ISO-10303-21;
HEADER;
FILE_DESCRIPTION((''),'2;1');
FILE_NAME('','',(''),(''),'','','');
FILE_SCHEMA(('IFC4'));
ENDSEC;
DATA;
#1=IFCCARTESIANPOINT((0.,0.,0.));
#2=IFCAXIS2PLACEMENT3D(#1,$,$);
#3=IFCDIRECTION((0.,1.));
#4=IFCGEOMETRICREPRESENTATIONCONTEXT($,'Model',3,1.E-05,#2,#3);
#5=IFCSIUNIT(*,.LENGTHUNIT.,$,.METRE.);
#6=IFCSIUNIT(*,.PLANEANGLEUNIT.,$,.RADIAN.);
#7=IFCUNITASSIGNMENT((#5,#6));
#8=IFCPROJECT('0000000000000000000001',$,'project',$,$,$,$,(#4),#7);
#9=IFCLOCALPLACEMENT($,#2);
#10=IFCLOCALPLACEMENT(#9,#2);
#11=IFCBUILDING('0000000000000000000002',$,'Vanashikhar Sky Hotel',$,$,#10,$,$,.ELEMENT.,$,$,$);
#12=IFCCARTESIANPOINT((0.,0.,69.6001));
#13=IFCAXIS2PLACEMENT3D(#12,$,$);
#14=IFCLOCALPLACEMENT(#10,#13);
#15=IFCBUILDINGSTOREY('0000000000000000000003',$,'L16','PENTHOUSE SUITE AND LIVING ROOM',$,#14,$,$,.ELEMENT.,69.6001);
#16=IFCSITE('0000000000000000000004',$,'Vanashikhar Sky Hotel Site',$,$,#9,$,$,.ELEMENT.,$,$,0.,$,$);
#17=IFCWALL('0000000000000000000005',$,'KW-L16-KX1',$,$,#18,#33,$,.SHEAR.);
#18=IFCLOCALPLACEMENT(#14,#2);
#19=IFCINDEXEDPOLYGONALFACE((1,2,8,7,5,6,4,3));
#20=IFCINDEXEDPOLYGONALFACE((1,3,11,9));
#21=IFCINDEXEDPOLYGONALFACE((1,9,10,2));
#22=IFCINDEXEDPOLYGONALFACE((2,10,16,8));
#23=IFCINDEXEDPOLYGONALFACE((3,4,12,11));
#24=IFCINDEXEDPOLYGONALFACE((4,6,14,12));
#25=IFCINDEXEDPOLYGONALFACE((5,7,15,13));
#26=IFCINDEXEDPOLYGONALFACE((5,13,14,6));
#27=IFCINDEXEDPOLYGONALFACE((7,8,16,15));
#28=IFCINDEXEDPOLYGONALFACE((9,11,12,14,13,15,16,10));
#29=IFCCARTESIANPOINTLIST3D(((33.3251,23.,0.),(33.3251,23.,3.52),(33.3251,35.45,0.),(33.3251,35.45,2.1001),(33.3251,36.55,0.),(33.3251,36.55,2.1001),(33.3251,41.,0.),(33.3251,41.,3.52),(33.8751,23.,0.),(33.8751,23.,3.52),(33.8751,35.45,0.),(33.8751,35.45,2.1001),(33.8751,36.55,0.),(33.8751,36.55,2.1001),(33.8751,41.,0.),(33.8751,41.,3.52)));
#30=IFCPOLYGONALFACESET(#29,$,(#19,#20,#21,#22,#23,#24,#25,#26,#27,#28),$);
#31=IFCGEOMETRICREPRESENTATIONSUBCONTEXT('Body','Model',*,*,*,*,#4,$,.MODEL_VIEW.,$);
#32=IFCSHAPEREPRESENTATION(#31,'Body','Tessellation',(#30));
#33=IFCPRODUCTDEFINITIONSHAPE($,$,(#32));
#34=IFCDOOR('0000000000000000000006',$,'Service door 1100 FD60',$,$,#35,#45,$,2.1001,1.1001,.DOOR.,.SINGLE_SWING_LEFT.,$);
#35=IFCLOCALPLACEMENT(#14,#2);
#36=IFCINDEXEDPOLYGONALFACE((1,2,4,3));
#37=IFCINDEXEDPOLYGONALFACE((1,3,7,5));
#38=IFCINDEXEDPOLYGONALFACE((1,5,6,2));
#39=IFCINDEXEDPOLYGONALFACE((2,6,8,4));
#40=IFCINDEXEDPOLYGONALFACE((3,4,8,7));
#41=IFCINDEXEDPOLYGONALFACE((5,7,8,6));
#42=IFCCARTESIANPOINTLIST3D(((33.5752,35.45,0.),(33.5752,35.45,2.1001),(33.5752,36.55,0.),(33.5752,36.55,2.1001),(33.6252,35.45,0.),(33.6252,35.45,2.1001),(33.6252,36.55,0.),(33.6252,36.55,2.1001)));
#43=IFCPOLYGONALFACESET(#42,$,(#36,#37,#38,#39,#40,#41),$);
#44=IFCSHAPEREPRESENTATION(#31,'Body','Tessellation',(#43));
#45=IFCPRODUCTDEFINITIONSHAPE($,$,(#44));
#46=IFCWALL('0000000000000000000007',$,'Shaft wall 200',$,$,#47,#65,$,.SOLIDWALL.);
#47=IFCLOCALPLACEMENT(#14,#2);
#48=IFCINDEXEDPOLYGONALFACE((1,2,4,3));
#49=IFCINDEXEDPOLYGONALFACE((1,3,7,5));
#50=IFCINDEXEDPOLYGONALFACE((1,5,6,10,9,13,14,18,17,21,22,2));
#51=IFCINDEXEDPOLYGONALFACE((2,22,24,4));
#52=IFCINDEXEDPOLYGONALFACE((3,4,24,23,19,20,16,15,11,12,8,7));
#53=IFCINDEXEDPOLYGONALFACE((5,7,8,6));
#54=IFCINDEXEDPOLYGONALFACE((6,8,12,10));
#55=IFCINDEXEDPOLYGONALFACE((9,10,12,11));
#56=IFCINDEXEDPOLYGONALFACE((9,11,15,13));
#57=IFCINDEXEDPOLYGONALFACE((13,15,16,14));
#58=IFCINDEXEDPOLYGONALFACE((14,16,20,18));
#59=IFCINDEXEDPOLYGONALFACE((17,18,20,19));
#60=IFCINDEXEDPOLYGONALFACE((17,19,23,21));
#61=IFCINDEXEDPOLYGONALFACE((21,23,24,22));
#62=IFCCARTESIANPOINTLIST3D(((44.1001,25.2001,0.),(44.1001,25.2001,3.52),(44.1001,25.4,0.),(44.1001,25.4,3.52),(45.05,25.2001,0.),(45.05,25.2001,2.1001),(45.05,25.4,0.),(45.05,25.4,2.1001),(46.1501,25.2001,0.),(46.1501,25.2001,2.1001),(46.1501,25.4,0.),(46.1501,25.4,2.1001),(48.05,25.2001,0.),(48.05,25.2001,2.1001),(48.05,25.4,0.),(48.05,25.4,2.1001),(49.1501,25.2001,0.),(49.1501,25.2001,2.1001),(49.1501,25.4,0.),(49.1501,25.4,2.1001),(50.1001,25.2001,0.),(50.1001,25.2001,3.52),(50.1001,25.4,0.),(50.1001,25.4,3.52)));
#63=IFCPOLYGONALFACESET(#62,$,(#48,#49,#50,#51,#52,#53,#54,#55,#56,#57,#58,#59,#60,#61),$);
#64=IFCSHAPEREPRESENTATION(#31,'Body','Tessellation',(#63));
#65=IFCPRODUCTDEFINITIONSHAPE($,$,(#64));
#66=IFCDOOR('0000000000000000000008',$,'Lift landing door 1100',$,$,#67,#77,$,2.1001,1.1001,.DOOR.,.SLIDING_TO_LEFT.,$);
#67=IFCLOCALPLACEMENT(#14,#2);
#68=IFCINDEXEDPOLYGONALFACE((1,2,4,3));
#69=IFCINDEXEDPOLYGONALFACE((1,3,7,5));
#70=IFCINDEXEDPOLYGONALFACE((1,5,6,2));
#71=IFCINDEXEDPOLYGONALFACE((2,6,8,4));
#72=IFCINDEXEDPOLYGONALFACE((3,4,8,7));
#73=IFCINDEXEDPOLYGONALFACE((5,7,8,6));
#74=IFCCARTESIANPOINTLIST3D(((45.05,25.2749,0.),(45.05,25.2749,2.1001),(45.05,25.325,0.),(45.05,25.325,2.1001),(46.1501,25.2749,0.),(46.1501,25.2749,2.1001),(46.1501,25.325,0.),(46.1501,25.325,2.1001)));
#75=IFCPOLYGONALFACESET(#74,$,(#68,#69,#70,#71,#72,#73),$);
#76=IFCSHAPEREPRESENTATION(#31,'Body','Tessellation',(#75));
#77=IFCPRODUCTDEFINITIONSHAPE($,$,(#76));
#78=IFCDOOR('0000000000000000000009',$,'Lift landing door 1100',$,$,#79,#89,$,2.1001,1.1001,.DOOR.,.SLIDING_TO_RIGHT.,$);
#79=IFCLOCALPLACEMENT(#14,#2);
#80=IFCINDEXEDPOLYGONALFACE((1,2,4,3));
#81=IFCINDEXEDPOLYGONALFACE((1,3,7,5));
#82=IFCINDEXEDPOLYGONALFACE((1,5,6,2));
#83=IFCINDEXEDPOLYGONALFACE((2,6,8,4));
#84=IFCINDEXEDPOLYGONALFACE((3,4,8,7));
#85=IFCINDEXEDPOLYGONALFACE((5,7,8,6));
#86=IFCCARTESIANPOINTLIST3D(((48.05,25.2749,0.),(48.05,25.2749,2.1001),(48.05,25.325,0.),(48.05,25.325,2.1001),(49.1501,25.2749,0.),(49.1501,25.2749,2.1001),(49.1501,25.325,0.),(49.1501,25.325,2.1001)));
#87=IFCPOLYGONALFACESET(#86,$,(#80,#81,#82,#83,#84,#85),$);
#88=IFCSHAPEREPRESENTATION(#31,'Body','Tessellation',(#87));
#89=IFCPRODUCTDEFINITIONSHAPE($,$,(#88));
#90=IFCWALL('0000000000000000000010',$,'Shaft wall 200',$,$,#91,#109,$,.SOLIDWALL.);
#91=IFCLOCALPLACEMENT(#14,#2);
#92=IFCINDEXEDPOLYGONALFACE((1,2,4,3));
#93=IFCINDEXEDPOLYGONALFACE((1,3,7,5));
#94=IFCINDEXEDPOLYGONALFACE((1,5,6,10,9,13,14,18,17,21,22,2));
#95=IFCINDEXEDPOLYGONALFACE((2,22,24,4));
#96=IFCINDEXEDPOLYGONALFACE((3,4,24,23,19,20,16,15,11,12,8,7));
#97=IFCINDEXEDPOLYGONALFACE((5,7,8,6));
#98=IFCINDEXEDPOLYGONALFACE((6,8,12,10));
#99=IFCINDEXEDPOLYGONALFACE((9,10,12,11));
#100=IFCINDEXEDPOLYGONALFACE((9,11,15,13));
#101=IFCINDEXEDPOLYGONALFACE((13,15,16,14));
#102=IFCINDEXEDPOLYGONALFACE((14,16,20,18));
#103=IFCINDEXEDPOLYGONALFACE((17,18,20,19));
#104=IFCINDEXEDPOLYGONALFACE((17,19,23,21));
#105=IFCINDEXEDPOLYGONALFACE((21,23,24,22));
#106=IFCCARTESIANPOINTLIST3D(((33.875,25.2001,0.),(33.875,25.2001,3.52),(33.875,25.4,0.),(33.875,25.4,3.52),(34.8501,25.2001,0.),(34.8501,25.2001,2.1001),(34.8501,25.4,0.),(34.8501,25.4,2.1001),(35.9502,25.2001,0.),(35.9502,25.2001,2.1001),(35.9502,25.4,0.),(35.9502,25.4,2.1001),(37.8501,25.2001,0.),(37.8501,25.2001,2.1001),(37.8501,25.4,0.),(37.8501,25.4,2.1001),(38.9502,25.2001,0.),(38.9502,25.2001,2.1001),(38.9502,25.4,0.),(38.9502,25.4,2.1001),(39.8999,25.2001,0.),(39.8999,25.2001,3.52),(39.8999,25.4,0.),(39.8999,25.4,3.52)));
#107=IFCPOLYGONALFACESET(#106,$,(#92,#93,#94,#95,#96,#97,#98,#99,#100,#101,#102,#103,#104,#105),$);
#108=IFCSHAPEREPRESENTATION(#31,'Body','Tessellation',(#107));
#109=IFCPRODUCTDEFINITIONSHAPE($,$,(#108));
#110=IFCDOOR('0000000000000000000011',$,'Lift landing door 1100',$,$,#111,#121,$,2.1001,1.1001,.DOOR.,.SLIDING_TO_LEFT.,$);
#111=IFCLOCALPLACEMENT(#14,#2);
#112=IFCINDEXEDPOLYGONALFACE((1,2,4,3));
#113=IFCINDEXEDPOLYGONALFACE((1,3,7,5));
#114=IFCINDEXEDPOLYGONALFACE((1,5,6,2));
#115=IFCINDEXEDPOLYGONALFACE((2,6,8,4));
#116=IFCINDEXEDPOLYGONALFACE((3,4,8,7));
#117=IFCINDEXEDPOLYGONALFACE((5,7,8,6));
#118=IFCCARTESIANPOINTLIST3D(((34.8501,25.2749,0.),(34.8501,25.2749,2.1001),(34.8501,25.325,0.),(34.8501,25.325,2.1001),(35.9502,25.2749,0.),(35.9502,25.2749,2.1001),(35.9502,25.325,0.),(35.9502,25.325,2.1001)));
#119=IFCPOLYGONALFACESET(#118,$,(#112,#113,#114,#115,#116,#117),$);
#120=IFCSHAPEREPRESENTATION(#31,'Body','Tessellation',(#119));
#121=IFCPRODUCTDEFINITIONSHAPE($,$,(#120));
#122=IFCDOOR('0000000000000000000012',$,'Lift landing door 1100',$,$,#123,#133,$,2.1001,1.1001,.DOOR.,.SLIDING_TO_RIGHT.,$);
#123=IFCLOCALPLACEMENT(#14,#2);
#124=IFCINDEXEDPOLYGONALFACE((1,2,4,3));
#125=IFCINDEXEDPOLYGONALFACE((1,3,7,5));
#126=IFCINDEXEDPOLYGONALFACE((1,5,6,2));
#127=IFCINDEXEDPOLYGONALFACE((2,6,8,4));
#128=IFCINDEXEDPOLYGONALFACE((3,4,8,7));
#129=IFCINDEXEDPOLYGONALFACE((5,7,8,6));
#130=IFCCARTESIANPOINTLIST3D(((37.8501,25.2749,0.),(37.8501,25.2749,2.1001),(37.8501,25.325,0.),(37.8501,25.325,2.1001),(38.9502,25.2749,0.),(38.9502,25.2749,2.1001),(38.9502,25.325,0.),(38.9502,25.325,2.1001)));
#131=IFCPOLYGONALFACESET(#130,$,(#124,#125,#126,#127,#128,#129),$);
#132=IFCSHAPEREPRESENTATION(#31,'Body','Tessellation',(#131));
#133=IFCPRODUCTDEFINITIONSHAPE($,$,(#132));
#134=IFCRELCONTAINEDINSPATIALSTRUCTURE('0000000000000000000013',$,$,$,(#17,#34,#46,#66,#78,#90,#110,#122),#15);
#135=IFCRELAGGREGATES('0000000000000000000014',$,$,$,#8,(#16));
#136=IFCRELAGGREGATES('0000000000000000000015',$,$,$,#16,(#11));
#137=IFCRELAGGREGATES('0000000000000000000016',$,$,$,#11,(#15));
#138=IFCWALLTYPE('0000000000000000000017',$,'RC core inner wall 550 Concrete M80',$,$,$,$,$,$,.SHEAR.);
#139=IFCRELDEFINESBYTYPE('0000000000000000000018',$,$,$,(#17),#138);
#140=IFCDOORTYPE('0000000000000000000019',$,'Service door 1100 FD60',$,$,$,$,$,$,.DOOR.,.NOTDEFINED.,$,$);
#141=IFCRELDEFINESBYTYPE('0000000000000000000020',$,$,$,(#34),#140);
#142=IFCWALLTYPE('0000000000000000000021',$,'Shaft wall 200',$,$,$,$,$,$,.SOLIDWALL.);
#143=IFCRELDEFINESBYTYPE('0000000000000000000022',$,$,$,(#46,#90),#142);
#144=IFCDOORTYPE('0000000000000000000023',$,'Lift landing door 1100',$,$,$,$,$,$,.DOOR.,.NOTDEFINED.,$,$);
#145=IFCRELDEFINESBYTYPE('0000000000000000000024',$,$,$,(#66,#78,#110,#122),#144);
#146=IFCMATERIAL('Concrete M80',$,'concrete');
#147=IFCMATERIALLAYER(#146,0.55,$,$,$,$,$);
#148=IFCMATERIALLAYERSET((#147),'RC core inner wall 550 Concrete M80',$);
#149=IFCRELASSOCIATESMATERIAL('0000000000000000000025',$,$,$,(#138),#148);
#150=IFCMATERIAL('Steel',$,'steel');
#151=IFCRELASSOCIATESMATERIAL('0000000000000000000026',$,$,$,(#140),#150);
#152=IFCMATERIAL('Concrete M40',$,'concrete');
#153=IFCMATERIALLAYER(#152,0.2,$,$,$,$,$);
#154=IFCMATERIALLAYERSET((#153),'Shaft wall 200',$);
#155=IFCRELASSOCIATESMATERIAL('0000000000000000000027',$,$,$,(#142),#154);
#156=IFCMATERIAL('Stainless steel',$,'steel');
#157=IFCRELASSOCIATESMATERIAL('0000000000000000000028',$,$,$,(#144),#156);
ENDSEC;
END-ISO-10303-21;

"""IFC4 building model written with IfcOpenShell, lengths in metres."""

from ifc_helpers import new_model, si_unit, direction, frame, frame_2d, origin, place, context, subcontext, project, spatial, rectangle, extrude, source, transform, mapped, material, layer, layer_set, type_object, element, fill, save


model = new_model("IFC4")

# Units and contexts
model_context = context("Model", 3, precision=1e-05, world=origin(), true_north=direction((0.0, 1.0)))
body_context = subcontext(model_context, "Body", "Model", "MODEL_VIEW")
ifc_project = project(units=[si_unit("LENGTHUNIT", "METRE"), si_unit("PLANEANGLEUNIT", "RADIAN")], contexts=[model_context])

# Site, building, storey
site_placement = place(None, origin())
site = spatial("IfcSite", under=ifc_project, at=site_placement, Name="Vanashikhar Sky Hotel Site", CompositionType="ELEMENT", RefElevation=0.0)
building_placement = place(site_placement, origin())
building = spatial("IfcBuilding", under=site, at=building_placement, Name="Vanashikhar Sky Hotel", CompositionType="ELEMENT")
storey_placement = place(building_placement, frame((0.0, 0.0, 69.6001)))
storey = spatial("IfcBuildingStorey", under=building, at=storey_placement, Name="L16", Description="PENTHOUSE SUITE AND LIVING ROOM", CompositionType="ELEMENT", Elevation=69.6001)

# Wall, opening, door
ifc_material_1 = material(Name="Concrete M80", Category="concrete")
ifc_layer_1 = layer(ifc_material_1, 0.55)
ifc_layer_set_1 = layer_set([ifc_layer_1], Name="RC core inner wall 550 Concrete M80")
wall_type_1 = type_object("IfcWallType", Name="RC core inner wall 550 Concrete M80", PredefinedType="SHEAR", material=ifc_layer_set_1)
shared_shape_1 = source(origin(), body_context, "Body", "SweptSolid", [
    extrude(rectangle(XDim=18.0, YDim=0.55, at=frame_2d((9.0, 0.0))), origin(), (0.0, 0.0, 1.0), 3.52),
])
wall_1_placement = place(storey_placement, frame((33.6001, 23.0, 0.0), z_axis=(0.0, 0.0, 1.0), x_axis=(0.0, 1.0, 0.0)))
wall_1 = element("IfcWall", 1, at=wall_1_placement, inside=storey, type_object=wall_type_1, Name="KW-L16-KX1", PredefinedType="SHEAR", context=body_context, shape_type="MappedRepresentation", body=[
    mapped(shared_shape_1, transform((0.0, 0.0, 0.0), scale=1.0)),
])
shared_shape_2 = source(origin(), body_context, "Body", "SweptSolid", [
    extrude(rectangle(XDim=1.1001, YDim=2.1001, at=frame_2d((0.55, 1.05))), frame((0.0, 0.2852, 0.0), z_axis=(0.0, -1.0, 0.0), x_axis=(1.0, 0.0, 0.0)), (0.0, 0.0, 1.0), 0.5701),
])
opening_1_placement = place(wall_1_placement, frame((12.45, 0.0, 0.0)))
opening_1 = element("IfcOpeningElement", 2, at=opening_1_placement, cuts=wall_1, PredefinedType="OPENING", context=body_context, shape_type="MappedRepresentation", body=[
    mapped(shared_shape_2, transform((0.0, 0.0, 0.0), scale=1.0)),
])
ifc_material_2 = material(Name="Steel", Category="steel")
door_type_1 = type_object("IfcDoorType", Name="Service door 1100 FD60", OperationType="NOTDEFINED", PredefinedType="DOOR", material=ifc_material_2)
shared_shape_3 = source(origin(), body_context, "Body", "SweptSolid", [
    extrude(rectangle(XDim=1.1001, YDim=2.1001, at=frame_2d((0.55, 1.05))), frame((0.0, 0.0249, 0.0), z_axis=(0.0, -1.0, 0.0), x_axis=(1.0, 0.0, 0.0)), (0.0, 0.0, 1.0), 0.05),
])
door_1_placement = place(opening_1_placement, origin())
door_1 = element("IfcDoor", 3, at=door_1_placement, inside=storey, type_object=door_type_1, Name="Service door 1100 FD60", OperationType="SINGLE_SWING_LEFT", OverallHeight=2.1001, OverallWidth=1.1001, PredefinedType="DOOR", context=body_context, shape_type="MappedRepresentation", body=[
    mapped(shared_shape_3, transform((0.0, 0.0, 0.0), scale=1.0)),
])
fill(opening_1, door_1)

# Walls, openings, doors
ifc_material_3 = material(Name="Concrete M40", Category="concrete")
ifc_layer_2 = layer(ifc_material_3, 0.2)
ifc_layer_set_2 = layer_set([ifc_layer_2], Name="Shaft wall 200")
wall_type_2 = type_object("IfcWallType", Name="Shaft wall 200", PredefinedType="SOLIDWALL", material=ifc_layer_set_2)
shared_shape_4 = source(origin(), body_context, "Body", "SweptSolid", [
    extrude(rectangle(XDim=6.0, YDim=0.2, at=frame_2d((3.0, 0.0))), origin(), (0.0, 0.0, 1.0), 3.52),
])
wall_2_placement = place(storey_placement, frame((44.1001, 25.3, 0.0), z_axis=(0.0, 0.0, 1.0), x_axis=(1.0, 0.0, 0.0)))
wall_2 = element("IfcWall", 4, at=wall_2_placement, inside=storey, type_object=wall_type_2, Name="Shaft wall 200", PredefinedType="SOLIDWALL", context=body_context, shape_type="MappedRepresentation", body=[
    mapped(shared_shape_4, transform((0.0, 0.0, 0.0), scale=1.0)),
])
shared_shape_5 = source(origin(), body_context, "Body", "SweptSolid", [
    extrude(rectangle(XDim=1.1001, YDim=2.1001, at=frame_2d((0.55, 1.05))), frame((0.0, 0.1099, 0.0), z_axis=(0.0, -1.0, 0.0), x_axis=(1.0, 0.0, 0.0)), (0.0, 0.0, 1.0), 0.22),
])
opening_2_placement = place(wall_2_placement, frame((0.95, 0.0, 0.0)))
opening_2 = element("IfcOpeningElement", 5, at=opening_2_placement, cuts=wall_2, PredefinedType="OPENING", context=body_context, shape_type="MappedRepresentation", body=[
    mapped(shared_shape_5, transform((0.0, 0.0, 0.0), scale=1.0)),
])
opening_3_placement = place(wall_2_placement, frame((3.95, 0.0, 0.0)))
opening_3 = element("IfcOpeningElement", 6, at=opening_3_placement, cuts=wall_2, PredefinedType="OPENING", context=body_context, shape_type="MappedRepresentation", body=[
    mapped(shared_shape_5, transform((0.0, 0.0, 0.0), scale=1.0)),
])
ifc_material_4 = material(Name="Stainless steel", Category="steel")
door_type_2 = type_object("IfcDoorType", Name="Lift landing door 1100", OperationType="NOTDEFINED", PredefinedType="DOOR", material=ifc_material_4)
door_2_placement = place(opening_2_placement, origin())
door_2 = element("IfcDoor", 7, at=door_2_placement, inside=storey, type_object=door_type_2, Name="Lift landing door 1100", OperationType="SLIDING_TO_LEFT", OverallHeight=2.1001, OverallWidth=1.1001, PredefinedType="DOOR", context=body_context, shape_type="MappedRepresentation", body=[
    mapped(shared_shape_3, transform((0.0, 0.0, 0.0), scale=1.0)),
])
fill(opening_2, door_2)
door_3_placement = place(opening_3_placement, origin())
door_3 = element("IfcDoor", 8, at=door_3_placement, inside=storey, type_object=door_type_2, Name="Lift landing door 1100", OperationType="SLIDING_TO_RIGHT", OverallHeight=2.1001, OverallWidth=1.1001, PredefinedType="DOOR", context=body_context, shape_type="MappedRepresentation", body=[
    mapped(shared_shape_3, transform((0.0, 0.0, 0.0), scale=1.0)),
])
fill(opening_3, door_3)
shared_shape_6 = source(origin(), body_context, "Body", "SweptSolid", [
    extrude(rectangle(XDim=6.0249, YDim=0.2, at=frame_2d((3.0125, 0.0))), origin(), (0.0, 0.0, 1.0), 3.52),
])
wall_3_placement = place(storey_placement, frame((33.875, 25.3, 0.0), z_axis=(0.0, 0.0, 1.0), x_axis=(1.0, 0.0, 0.0)))
wall_3 = element("IfcWall", 9, at=wall_3_placement, inside=storey, type_object=wall_type_2, Name="Shaft wall 200", PredefinedType="SOLIDWALL", context=body_context, shape_type="MappedRepresentation", body=[
    mapped(shared_shape_6, transform((0.0, 0.0, 0.0), scale=1.0)),
])
opening_4_placement = place(wall_3_placement, frame((0.9751, 0.0, 0.0)))
opening_4 = element("IfcOpeningElement", 10, at=opening_4_placement, cuts=wall_3, PredefinedType="OPENING", context=body_context, shape_type="MappedRepresentation", body=[
    mapped(shared_shape_5, transform((0.0, 0.0, 0.0), scale=1.0)),
])
opening_5_placement = place(wall_3_placement, frame((3.9751, 0.0, 0.0)))
opening_5 = element("IfcOpeningElement", 11, at=opening_5_placement, cuts=wall_3, PredefinedType="OPENING", context=body_context, shape_type="MappedRepresentation", body=[
    mapped(shared_shape_5, transform((0.0, 0.0, 0.0), scale=1.0)),
])
door_4_placement = place(opening_4_placement, origin())
door_4 = element("IfcDoor", 12, at=door_4_placement, inside=storey, type_object=door_type_2, Name="Lift landing door 1100", OperationType="SLIDING_TO_LEFT", OverallHeight=2.1001, OverallWidth=1.1001, PredefinedType="DOOR", context=body_context, shape_type="MappedRepresentation", body=[
    mapped(shared_shape_3, transform((0.0, 0.0, 0.0), scale=1.0)),
])
fill(opening_4, door_4)
door_5_placement = place(opening_5_placement, origin())
door_5 = element("IfcDoor", 13, at=door_5_placement, inside=storey, type_object=door_type_2, Name="Lift landing door 1100", OperationType="SLIDING_TO_RIGHT", OverallHeight=2.1001, OverallWidth=1.1001, PredefinedType="DOOR", context=body_context, shape_type="MappedRepresentation", body=[
    mapped(shared_shape_3, transform((0.0, 0.0, 0.0), scale=1.0)),
])
fill(opening_5, door_5)

save(model, "model.ifc")
